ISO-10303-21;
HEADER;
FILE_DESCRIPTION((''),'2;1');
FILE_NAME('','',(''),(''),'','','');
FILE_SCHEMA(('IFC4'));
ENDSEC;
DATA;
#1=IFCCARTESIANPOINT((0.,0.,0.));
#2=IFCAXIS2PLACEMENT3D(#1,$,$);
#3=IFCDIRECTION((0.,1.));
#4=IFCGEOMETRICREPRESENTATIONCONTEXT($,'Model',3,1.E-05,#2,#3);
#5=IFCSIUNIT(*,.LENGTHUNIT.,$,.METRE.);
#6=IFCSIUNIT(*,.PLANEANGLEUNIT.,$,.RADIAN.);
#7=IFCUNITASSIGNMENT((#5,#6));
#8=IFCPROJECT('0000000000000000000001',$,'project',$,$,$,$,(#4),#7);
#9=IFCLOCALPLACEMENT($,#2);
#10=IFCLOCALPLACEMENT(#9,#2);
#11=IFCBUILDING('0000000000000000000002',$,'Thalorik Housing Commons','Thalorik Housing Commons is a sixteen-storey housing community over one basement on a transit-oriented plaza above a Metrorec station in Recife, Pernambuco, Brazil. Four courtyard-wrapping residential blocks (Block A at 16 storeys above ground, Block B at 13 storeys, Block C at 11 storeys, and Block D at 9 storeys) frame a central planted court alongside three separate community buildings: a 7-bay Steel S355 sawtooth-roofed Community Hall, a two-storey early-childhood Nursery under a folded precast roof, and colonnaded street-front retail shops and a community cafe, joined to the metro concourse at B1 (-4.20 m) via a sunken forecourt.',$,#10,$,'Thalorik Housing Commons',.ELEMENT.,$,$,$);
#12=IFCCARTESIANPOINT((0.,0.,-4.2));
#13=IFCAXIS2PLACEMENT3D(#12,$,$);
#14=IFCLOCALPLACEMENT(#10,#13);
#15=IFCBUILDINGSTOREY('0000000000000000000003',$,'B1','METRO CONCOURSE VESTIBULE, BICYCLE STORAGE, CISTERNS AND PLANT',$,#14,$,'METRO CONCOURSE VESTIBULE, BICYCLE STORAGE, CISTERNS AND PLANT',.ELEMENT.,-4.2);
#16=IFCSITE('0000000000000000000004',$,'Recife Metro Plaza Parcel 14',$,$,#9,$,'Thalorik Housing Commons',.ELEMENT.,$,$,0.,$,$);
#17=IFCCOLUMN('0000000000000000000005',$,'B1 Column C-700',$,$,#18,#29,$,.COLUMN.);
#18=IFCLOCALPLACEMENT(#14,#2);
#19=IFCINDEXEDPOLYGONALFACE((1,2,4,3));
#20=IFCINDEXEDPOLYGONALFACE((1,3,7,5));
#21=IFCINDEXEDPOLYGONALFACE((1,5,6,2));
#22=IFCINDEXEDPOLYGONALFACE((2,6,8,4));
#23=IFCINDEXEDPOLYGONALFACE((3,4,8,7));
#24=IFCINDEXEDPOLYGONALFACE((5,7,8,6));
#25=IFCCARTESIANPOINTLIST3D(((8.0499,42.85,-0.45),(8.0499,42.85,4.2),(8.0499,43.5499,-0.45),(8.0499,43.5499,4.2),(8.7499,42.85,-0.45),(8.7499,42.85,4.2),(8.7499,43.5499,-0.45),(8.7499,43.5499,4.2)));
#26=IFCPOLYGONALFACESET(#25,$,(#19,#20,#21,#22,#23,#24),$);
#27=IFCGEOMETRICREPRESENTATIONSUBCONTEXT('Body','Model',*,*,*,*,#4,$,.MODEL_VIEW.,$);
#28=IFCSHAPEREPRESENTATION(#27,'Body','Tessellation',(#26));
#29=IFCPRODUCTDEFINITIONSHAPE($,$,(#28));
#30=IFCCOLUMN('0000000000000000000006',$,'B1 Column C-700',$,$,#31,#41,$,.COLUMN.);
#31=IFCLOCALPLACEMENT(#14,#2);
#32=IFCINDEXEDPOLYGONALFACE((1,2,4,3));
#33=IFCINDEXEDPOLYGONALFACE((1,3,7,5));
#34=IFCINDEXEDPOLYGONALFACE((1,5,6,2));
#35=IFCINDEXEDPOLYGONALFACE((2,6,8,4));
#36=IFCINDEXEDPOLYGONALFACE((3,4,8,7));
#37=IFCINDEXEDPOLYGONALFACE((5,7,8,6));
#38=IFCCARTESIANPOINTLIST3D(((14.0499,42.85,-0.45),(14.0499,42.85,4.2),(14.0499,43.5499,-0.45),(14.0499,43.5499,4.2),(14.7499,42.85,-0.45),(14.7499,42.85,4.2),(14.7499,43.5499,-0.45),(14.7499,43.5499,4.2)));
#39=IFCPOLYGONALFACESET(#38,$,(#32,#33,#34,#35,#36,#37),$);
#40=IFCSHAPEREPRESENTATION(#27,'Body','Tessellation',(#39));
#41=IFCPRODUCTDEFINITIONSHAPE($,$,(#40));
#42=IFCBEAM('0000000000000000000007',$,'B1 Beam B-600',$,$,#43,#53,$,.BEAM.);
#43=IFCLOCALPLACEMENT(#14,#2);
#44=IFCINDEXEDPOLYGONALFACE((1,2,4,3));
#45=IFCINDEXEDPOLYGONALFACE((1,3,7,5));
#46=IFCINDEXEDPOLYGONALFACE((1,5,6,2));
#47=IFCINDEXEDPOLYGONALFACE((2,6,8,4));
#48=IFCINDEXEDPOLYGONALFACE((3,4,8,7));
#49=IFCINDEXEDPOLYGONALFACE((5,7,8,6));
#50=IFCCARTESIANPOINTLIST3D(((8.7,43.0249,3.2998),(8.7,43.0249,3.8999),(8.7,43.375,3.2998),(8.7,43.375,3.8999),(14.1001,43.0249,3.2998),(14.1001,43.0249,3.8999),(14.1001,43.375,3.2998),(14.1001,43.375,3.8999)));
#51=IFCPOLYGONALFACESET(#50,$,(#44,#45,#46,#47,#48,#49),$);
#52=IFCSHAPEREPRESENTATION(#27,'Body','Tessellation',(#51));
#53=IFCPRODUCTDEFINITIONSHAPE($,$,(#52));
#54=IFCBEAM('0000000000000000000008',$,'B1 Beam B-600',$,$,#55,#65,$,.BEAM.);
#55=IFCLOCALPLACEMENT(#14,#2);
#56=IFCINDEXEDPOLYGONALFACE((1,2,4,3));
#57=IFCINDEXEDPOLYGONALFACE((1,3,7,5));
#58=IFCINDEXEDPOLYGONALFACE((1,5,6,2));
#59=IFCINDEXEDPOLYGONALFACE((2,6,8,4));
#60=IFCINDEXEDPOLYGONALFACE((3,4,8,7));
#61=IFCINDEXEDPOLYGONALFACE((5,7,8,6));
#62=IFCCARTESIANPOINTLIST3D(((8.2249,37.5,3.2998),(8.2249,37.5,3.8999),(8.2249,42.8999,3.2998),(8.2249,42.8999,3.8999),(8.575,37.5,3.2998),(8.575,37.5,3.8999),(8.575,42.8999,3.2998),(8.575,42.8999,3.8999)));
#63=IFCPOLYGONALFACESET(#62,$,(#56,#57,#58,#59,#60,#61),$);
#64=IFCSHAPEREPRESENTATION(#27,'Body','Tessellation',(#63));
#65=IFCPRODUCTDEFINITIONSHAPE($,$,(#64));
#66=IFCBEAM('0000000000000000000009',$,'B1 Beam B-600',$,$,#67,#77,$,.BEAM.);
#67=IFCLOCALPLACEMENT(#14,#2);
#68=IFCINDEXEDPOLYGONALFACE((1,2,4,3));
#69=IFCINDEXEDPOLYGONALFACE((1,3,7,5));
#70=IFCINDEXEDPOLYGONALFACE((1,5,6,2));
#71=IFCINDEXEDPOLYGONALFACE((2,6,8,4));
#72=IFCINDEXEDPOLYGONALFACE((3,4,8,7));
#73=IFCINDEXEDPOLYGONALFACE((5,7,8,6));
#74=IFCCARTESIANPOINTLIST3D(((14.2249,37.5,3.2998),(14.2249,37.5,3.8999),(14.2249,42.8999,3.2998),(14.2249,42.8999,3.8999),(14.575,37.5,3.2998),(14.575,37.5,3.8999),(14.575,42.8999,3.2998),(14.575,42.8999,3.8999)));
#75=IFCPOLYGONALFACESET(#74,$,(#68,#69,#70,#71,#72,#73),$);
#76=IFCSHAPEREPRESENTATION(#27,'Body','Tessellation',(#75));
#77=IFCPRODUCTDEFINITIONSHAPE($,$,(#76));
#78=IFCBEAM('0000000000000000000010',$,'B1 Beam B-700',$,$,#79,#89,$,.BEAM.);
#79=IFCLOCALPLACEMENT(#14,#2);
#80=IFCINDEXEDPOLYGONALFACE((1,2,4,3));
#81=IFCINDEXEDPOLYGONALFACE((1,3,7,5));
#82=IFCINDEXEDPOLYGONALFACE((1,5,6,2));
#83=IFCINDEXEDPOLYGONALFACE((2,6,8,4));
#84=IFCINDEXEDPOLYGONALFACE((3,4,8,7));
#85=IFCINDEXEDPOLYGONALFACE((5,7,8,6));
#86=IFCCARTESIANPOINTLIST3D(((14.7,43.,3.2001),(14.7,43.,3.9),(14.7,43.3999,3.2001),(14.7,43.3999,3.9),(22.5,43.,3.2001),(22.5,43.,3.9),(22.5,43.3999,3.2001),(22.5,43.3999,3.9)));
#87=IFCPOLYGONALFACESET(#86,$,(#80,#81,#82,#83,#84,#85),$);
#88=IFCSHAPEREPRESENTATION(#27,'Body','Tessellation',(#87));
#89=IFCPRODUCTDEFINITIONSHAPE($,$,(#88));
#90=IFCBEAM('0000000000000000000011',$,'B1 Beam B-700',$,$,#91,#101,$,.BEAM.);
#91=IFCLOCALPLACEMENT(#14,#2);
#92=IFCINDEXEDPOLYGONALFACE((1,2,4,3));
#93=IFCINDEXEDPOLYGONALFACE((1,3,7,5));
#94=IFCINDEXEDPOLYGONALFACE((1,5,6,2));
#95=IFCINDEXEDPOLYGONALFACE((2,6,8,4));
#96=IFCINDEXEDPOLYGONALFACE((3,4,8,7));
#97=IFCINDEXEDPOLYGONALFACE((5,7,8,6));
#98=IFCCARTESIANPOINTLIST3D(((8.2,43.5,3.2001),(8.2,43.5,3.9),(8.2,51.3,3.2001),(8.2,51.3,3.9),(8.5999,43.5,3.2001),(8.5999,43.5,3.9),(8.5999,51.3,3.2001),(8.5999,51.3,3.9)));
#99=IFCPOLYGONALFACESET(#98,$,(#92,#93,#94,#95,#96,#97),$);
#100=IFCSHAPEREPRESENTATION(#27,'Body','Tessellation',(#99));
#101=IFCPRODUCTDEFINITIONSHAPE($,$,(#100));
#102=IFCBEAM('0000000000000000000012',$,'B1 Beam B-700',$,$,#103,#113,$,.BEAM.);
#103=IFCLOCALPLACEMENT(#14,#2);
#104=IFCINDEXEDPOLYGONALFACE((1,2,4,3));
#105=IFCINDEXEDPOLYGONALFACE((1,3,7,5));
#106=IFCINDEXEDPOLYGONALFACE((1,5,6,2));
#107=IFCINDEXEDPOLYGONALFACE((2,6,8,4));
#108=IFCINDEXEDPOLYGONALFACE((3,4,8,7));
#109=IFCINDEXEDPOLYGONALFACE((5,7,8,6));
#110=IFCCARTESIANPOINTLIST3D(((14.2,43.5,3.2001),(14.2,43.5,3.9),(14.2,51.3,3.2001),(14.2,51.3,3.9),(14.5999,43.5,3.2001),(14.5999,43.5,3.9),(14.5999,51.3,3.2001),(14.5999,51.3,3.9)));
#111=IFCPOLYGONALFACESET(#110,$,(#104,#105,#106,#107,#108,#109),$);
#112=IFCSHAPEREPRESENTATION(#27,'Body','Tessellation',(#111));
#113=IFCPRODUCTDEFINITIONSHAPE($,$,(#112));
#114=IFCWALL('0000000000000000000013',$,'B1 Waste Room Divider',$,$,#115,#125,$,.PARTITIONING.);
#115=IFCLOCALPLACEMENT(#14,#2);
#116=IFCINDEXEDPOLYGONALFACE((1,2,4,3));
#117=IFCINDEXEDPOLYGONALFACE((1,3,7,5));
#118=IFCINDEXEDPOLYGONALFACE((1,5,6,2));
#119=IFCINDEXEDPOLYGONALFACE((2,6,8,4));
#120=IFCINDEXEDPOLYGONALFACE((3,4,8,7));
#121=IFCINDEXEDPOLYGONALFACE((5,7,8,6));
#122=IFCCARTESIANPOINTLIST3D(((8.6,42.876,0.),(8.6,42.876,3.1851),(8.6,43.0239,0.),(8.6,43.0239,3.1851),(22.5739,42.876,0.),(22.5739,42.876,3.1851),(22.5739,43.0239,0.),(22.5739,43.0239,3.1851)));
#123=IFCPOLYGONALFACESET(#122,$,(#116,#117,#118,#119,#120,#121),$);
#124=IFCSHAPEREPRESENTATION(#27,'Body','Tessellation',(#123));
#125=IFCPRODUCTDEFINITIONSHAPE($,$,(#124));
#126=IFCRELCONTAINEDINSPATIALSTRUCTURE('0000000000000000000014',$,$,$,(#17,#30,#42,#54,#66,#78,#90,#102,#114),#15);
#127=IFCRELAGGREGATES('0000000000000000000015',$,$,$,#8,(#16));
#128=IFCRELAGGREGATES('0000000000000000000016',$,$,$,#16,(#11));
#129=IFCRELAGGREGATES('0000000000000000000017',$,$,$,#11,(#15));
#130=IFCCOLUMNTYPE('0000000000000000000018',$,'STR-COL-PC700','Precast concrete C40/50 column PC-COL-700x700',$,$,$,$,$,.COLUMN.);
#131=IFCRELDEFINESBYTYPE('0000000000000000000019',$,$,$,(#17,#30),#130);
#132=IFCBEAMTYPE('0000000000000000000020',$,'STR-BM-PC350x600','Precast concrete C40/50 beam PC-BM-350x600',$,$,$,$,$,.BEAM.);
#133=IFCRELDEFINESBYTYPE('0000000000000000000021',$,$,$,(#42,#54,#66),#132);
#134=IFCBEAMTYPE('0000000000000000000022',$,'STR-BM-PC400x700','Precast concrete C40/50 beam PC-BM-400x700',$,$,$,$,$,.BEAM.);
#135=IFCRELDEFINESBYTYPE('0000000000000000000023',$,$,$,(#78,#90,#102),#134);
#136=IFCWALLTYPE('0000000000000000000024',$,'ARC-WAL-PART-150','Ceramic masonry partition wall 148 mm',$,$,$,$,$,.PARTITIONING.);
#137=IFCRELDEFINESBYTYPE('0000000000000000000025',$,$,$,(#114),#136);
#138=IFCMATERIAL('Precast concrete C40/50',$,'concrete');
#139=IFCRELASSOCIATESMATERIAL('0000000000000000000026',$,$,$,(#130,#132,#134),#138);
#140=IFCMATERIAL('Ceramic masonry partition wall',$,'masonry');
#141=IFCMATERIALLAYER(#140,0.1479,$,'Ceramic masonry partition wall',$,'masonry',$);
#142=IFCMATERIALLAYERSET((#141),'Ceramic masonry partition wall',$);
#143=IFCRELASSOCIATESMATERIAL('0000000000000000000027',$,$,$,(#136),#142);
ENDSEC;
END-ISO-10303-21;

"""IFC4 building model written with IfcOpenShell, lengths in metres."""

from ifc_helpers import new_model, si_unit, direction, frame, frame_2d, origin, origin_2d, place, context, subcontext, project, spatial, rectangle, extrude, material, layer, layer_set, material_profile, profile_set, type_object, element, save


model = new_model("IFC4")

# Units and contexts
model_context = context("Model", 3, precision=1e-05, world=origin(), true_north=direction((0.0, 1.0)))
body_context = subcontext(model_context, "Body", "Model", "MODEL_VIEW")
ifc_project = project(units=[si_unit("LENGTHUNIT", "METRE"), si_unit("PLANEANGLEUNIT", "RADIAN")], contexts=[model_context])

# Site, building, storey
site_placement = place(None, origin())
site = spatial("IfcSite", under=ifc_project, at=site_placement, Name="Recife Metro Plaza Parcel 14", LongName="Thalorik Housing Commons", CompositionType="ELEMENT", RefElevation=0.0)
building_placement = place(site_placement, origin())
building = spatial("IfcBuilding", under=site, at=building_placement, Name="Thalorik Housing Commons", Description="Thalorik Housing Commons is a sixteen-storey housing community over one basement on a transit-oriented plaza above a Metrorec station in Recife, Pernambuco, Brazil. Four courtyard-wrapping residential blocks (Block A at 16 storeys above ground, Block B at 13 storeys, Block C at 11 storeys, and Block D at 9 storeys) frame a central planted court alongside three separate community buildings: a 7-bay Steel S355 sawtooth-roofed Community Hall, a two-storey early-childhood Nursery under a folded precast roof, and colonnaded street-front retail shops and a community cafe, joined to the metro concourse at B1 (-4.20 m) via a sunken forecourt.", LongName="Thalorik Housing Commons", CompositionType="ELEMENT")
storey_placement = place(building_placement, frame((0.0, 0.0, -4.2)))
storey = spatial("IfcBuildingStorey", under=building, at=storey_placement, Name="B1", Description="METRO CONCOURSE VESTIBULE, BICYCLE STORAGE, CISTERNS AND PLANT", LongName="METRO CONCOURSE VESTIBULE, BICYCLE STORAGE, CISTERNS AND PLANT", CompositionType="ELEMENT", Elevation=-4.2)

# Columns
ifc_material_1 = material(Name="Precast concrete C40/50", Category="concrete")
ifc_material_profile_1 = material_profile(ifc_material_1, rectangle(XDim=0.7, YDim=0.7, at=origin_2d()), Name="PC 700x700", Category="concrete")
ifc_profile_set_1 = profile_set([ifc_material_profile_1], Name="Precast concrete C40/50")
column_type = type_object("IfcColumnType", Name="STR-COL-PC700", Description="Precast concrete C40/50 column PC-COL-700x700", PredefinedType="COLUMN", material=ifc_profile_set_1)
for number, where, z_axis, x_axis, name in (
    (1, (8.3999, 43.2, -0.45), (0.0, 0.0, 1.0), (1.0, 0.0, 0.0), "B1 Column C-700"),
    (2, (14.3999, 43.2, -0.45), (0.0, 0.0, 1.0), (1.0, 0.0, 0.0), "B1 Column C-700"),
):
    element("IfcColumn", number, at=place(storey_placement, frame(where, z_axis=z_axis, x_axis=x_axis)), inside=storey, type_object=column_type, Name=name, PredefinedType="COLUMN", context=body_context, shape_type="SweptSolid", body=[
        extrude(rectangle(XDim=0.7, YDim=0.7, at=origin_2d()), origin(), (0.0, 0.0, 1.0), 4.6499),
    ])

# Beams
ifc_material_profile_2 = material_profile(ifc_material_1, rectangle(XDim=0.3501, YDim=0.6001, at=origin_2d()), Name="PC 350x600", Category="concrete")
ifc_profile_set_2 = profile_set([ifc_material_profile_2], Name="Precast concrete C40/50")
beam_type_1 = type_object("IfcBeamType", Name="STR-BM-PC350x600", Description="Precast concrete C40/50 beam PC-BM-350x600", PredefinedType="BEAM", material=ifc_profile_set_2)
beam_placement = place(storey_placement, frame((8.7, 43.2, 3.5999), z_axis=(1.0, 0.0, 0.0), x_axis=(0.0, 1.0, 0.0)))
element("IfcBeam", 3, at=beam_placement, inside=storey, type_object=beam_type_1, Name="B1 Beam B-600", PredefinedType="BEAM", context=body_context, shape_type="SweptSolid", body=[
    extrude(rectangle(XDim=0.3501, YDim=0.6001, at=origin_2d()), origin(), (0.0, 0.0, 1.0), 5.4001),
])
for number, where, z_axis, x_axis, name in (
    (4, (8.3999, 37.5, 3.5999), (0.0, 1.0, 0.0), (-1.0, 0.0, 0.0), "B1 Beam B-600"),
    (5, (14.3999, 37.5, 3.5999), (0.0, 1.0, 0.0), (-1.0, 0.0, 0.0), "B1 Beam B-600"),
):
    element("IfcBeam", number, at=place(storey_placement, frame(where, z_axis=z_axis, x_axis=x_axis)), inside=storey, type_object=beam_type_1, Name=name, PredefinedType="BEAM", context=body_context, shape_type="SweptSolid", body=[
        extrude(rectangle(XDim=0.3501, YDim=0.6001, at=origin_2d()), origin(), (0.0, 0.0, 1.0), 5.3999),
    ])
ifc_material_profile_3 = material_profile(ifc_material_1, rectangle(XDim=0.3999, YDim=0.7, at=origin_2d()), Name="PC 400x700", Category="concrete")
ifc_profile_set_3 = profile_set([ifc_material_profile_3], Name="Precast concrete C40/50")
beam_type_2 = type_object("IfcBeamType", Name="STR-BM-PC400x700", Description="Precast concrete C40/50 beam PC-BM-400x700", PredefinedType="BEAM", material=ifc_profile_set_3)
for number, where, z_axis, x_axis, name in (
    (6, (14.7, 43.2, 3.55), (1.0, 0.0, 0.0), (0.0, 1.0, 0.0), "B1 Beam B-700"),
    (7, (8.3999, 43.5, 3.55), (0.0, 1.0, 0.0), (-1.0, 0.0, 0.0), "B1 Beam B-700"),
    (8, (14.3999, 43.5, 3.55), (0.0, 1.0, 0.0), (-1.0, 0.0, 0.0), "B1 Beam B-700"),
):
    element("IfcBeam", number, at=place(storey_placement, frame(where, z_axis=z_axis, x_axis=x_axis)), inside=storey, type_object=beam_type_2, Name=name, PredefinedType="BEAM", context=body_context, shape_type="SweptSolid", body=[
        extrude(rectangle(XDim=0.3999, YDim=0.7, at=origin_2d()), origin(), (0.0, 0.0, 1.0), 7.8),
    ])

# Wall
ifc_material_2 = material(Name="Ceramic masonry partition wall", Category="masonry")
ifc_layer = layer(ifc_material_2, 0.1479, Name="Ceramic masonry partition wall", Category="masonry")
ifc_layer_set = layer_set([ifc_layer], Name="Ceramic masonry partition wall")
wall_type = type_object("IfcWallType", Name="ARC-WAL-PART-150", Description="Ceramic masonry partition wall 148 mm", PredefinedType="PARTITIONING", material=ifc_layer_set)
wall_placement = place(storey_placement, frame((8.6001, 42.95, 0.0), z_axis=(0.0, 0.0, 1.0), x_axis=(1.0, 0.0, 0.0)))
element("IfcWall", 9, at=wall_placement, inside=storey, type_object=wall_type, Name="B1 Waste Room Divider", PredefinedType="PARTITIONING", context=body_context, shape_type="SweptSolid", body=[
    extrude(rectangle(XDim=13.9739, YDim=0.1479, at=frame_2d((6.9868, 0.0))), origin(), (0.0, 0.0, 1.0), 3.1851),
])

save(model, "model.ifc")
